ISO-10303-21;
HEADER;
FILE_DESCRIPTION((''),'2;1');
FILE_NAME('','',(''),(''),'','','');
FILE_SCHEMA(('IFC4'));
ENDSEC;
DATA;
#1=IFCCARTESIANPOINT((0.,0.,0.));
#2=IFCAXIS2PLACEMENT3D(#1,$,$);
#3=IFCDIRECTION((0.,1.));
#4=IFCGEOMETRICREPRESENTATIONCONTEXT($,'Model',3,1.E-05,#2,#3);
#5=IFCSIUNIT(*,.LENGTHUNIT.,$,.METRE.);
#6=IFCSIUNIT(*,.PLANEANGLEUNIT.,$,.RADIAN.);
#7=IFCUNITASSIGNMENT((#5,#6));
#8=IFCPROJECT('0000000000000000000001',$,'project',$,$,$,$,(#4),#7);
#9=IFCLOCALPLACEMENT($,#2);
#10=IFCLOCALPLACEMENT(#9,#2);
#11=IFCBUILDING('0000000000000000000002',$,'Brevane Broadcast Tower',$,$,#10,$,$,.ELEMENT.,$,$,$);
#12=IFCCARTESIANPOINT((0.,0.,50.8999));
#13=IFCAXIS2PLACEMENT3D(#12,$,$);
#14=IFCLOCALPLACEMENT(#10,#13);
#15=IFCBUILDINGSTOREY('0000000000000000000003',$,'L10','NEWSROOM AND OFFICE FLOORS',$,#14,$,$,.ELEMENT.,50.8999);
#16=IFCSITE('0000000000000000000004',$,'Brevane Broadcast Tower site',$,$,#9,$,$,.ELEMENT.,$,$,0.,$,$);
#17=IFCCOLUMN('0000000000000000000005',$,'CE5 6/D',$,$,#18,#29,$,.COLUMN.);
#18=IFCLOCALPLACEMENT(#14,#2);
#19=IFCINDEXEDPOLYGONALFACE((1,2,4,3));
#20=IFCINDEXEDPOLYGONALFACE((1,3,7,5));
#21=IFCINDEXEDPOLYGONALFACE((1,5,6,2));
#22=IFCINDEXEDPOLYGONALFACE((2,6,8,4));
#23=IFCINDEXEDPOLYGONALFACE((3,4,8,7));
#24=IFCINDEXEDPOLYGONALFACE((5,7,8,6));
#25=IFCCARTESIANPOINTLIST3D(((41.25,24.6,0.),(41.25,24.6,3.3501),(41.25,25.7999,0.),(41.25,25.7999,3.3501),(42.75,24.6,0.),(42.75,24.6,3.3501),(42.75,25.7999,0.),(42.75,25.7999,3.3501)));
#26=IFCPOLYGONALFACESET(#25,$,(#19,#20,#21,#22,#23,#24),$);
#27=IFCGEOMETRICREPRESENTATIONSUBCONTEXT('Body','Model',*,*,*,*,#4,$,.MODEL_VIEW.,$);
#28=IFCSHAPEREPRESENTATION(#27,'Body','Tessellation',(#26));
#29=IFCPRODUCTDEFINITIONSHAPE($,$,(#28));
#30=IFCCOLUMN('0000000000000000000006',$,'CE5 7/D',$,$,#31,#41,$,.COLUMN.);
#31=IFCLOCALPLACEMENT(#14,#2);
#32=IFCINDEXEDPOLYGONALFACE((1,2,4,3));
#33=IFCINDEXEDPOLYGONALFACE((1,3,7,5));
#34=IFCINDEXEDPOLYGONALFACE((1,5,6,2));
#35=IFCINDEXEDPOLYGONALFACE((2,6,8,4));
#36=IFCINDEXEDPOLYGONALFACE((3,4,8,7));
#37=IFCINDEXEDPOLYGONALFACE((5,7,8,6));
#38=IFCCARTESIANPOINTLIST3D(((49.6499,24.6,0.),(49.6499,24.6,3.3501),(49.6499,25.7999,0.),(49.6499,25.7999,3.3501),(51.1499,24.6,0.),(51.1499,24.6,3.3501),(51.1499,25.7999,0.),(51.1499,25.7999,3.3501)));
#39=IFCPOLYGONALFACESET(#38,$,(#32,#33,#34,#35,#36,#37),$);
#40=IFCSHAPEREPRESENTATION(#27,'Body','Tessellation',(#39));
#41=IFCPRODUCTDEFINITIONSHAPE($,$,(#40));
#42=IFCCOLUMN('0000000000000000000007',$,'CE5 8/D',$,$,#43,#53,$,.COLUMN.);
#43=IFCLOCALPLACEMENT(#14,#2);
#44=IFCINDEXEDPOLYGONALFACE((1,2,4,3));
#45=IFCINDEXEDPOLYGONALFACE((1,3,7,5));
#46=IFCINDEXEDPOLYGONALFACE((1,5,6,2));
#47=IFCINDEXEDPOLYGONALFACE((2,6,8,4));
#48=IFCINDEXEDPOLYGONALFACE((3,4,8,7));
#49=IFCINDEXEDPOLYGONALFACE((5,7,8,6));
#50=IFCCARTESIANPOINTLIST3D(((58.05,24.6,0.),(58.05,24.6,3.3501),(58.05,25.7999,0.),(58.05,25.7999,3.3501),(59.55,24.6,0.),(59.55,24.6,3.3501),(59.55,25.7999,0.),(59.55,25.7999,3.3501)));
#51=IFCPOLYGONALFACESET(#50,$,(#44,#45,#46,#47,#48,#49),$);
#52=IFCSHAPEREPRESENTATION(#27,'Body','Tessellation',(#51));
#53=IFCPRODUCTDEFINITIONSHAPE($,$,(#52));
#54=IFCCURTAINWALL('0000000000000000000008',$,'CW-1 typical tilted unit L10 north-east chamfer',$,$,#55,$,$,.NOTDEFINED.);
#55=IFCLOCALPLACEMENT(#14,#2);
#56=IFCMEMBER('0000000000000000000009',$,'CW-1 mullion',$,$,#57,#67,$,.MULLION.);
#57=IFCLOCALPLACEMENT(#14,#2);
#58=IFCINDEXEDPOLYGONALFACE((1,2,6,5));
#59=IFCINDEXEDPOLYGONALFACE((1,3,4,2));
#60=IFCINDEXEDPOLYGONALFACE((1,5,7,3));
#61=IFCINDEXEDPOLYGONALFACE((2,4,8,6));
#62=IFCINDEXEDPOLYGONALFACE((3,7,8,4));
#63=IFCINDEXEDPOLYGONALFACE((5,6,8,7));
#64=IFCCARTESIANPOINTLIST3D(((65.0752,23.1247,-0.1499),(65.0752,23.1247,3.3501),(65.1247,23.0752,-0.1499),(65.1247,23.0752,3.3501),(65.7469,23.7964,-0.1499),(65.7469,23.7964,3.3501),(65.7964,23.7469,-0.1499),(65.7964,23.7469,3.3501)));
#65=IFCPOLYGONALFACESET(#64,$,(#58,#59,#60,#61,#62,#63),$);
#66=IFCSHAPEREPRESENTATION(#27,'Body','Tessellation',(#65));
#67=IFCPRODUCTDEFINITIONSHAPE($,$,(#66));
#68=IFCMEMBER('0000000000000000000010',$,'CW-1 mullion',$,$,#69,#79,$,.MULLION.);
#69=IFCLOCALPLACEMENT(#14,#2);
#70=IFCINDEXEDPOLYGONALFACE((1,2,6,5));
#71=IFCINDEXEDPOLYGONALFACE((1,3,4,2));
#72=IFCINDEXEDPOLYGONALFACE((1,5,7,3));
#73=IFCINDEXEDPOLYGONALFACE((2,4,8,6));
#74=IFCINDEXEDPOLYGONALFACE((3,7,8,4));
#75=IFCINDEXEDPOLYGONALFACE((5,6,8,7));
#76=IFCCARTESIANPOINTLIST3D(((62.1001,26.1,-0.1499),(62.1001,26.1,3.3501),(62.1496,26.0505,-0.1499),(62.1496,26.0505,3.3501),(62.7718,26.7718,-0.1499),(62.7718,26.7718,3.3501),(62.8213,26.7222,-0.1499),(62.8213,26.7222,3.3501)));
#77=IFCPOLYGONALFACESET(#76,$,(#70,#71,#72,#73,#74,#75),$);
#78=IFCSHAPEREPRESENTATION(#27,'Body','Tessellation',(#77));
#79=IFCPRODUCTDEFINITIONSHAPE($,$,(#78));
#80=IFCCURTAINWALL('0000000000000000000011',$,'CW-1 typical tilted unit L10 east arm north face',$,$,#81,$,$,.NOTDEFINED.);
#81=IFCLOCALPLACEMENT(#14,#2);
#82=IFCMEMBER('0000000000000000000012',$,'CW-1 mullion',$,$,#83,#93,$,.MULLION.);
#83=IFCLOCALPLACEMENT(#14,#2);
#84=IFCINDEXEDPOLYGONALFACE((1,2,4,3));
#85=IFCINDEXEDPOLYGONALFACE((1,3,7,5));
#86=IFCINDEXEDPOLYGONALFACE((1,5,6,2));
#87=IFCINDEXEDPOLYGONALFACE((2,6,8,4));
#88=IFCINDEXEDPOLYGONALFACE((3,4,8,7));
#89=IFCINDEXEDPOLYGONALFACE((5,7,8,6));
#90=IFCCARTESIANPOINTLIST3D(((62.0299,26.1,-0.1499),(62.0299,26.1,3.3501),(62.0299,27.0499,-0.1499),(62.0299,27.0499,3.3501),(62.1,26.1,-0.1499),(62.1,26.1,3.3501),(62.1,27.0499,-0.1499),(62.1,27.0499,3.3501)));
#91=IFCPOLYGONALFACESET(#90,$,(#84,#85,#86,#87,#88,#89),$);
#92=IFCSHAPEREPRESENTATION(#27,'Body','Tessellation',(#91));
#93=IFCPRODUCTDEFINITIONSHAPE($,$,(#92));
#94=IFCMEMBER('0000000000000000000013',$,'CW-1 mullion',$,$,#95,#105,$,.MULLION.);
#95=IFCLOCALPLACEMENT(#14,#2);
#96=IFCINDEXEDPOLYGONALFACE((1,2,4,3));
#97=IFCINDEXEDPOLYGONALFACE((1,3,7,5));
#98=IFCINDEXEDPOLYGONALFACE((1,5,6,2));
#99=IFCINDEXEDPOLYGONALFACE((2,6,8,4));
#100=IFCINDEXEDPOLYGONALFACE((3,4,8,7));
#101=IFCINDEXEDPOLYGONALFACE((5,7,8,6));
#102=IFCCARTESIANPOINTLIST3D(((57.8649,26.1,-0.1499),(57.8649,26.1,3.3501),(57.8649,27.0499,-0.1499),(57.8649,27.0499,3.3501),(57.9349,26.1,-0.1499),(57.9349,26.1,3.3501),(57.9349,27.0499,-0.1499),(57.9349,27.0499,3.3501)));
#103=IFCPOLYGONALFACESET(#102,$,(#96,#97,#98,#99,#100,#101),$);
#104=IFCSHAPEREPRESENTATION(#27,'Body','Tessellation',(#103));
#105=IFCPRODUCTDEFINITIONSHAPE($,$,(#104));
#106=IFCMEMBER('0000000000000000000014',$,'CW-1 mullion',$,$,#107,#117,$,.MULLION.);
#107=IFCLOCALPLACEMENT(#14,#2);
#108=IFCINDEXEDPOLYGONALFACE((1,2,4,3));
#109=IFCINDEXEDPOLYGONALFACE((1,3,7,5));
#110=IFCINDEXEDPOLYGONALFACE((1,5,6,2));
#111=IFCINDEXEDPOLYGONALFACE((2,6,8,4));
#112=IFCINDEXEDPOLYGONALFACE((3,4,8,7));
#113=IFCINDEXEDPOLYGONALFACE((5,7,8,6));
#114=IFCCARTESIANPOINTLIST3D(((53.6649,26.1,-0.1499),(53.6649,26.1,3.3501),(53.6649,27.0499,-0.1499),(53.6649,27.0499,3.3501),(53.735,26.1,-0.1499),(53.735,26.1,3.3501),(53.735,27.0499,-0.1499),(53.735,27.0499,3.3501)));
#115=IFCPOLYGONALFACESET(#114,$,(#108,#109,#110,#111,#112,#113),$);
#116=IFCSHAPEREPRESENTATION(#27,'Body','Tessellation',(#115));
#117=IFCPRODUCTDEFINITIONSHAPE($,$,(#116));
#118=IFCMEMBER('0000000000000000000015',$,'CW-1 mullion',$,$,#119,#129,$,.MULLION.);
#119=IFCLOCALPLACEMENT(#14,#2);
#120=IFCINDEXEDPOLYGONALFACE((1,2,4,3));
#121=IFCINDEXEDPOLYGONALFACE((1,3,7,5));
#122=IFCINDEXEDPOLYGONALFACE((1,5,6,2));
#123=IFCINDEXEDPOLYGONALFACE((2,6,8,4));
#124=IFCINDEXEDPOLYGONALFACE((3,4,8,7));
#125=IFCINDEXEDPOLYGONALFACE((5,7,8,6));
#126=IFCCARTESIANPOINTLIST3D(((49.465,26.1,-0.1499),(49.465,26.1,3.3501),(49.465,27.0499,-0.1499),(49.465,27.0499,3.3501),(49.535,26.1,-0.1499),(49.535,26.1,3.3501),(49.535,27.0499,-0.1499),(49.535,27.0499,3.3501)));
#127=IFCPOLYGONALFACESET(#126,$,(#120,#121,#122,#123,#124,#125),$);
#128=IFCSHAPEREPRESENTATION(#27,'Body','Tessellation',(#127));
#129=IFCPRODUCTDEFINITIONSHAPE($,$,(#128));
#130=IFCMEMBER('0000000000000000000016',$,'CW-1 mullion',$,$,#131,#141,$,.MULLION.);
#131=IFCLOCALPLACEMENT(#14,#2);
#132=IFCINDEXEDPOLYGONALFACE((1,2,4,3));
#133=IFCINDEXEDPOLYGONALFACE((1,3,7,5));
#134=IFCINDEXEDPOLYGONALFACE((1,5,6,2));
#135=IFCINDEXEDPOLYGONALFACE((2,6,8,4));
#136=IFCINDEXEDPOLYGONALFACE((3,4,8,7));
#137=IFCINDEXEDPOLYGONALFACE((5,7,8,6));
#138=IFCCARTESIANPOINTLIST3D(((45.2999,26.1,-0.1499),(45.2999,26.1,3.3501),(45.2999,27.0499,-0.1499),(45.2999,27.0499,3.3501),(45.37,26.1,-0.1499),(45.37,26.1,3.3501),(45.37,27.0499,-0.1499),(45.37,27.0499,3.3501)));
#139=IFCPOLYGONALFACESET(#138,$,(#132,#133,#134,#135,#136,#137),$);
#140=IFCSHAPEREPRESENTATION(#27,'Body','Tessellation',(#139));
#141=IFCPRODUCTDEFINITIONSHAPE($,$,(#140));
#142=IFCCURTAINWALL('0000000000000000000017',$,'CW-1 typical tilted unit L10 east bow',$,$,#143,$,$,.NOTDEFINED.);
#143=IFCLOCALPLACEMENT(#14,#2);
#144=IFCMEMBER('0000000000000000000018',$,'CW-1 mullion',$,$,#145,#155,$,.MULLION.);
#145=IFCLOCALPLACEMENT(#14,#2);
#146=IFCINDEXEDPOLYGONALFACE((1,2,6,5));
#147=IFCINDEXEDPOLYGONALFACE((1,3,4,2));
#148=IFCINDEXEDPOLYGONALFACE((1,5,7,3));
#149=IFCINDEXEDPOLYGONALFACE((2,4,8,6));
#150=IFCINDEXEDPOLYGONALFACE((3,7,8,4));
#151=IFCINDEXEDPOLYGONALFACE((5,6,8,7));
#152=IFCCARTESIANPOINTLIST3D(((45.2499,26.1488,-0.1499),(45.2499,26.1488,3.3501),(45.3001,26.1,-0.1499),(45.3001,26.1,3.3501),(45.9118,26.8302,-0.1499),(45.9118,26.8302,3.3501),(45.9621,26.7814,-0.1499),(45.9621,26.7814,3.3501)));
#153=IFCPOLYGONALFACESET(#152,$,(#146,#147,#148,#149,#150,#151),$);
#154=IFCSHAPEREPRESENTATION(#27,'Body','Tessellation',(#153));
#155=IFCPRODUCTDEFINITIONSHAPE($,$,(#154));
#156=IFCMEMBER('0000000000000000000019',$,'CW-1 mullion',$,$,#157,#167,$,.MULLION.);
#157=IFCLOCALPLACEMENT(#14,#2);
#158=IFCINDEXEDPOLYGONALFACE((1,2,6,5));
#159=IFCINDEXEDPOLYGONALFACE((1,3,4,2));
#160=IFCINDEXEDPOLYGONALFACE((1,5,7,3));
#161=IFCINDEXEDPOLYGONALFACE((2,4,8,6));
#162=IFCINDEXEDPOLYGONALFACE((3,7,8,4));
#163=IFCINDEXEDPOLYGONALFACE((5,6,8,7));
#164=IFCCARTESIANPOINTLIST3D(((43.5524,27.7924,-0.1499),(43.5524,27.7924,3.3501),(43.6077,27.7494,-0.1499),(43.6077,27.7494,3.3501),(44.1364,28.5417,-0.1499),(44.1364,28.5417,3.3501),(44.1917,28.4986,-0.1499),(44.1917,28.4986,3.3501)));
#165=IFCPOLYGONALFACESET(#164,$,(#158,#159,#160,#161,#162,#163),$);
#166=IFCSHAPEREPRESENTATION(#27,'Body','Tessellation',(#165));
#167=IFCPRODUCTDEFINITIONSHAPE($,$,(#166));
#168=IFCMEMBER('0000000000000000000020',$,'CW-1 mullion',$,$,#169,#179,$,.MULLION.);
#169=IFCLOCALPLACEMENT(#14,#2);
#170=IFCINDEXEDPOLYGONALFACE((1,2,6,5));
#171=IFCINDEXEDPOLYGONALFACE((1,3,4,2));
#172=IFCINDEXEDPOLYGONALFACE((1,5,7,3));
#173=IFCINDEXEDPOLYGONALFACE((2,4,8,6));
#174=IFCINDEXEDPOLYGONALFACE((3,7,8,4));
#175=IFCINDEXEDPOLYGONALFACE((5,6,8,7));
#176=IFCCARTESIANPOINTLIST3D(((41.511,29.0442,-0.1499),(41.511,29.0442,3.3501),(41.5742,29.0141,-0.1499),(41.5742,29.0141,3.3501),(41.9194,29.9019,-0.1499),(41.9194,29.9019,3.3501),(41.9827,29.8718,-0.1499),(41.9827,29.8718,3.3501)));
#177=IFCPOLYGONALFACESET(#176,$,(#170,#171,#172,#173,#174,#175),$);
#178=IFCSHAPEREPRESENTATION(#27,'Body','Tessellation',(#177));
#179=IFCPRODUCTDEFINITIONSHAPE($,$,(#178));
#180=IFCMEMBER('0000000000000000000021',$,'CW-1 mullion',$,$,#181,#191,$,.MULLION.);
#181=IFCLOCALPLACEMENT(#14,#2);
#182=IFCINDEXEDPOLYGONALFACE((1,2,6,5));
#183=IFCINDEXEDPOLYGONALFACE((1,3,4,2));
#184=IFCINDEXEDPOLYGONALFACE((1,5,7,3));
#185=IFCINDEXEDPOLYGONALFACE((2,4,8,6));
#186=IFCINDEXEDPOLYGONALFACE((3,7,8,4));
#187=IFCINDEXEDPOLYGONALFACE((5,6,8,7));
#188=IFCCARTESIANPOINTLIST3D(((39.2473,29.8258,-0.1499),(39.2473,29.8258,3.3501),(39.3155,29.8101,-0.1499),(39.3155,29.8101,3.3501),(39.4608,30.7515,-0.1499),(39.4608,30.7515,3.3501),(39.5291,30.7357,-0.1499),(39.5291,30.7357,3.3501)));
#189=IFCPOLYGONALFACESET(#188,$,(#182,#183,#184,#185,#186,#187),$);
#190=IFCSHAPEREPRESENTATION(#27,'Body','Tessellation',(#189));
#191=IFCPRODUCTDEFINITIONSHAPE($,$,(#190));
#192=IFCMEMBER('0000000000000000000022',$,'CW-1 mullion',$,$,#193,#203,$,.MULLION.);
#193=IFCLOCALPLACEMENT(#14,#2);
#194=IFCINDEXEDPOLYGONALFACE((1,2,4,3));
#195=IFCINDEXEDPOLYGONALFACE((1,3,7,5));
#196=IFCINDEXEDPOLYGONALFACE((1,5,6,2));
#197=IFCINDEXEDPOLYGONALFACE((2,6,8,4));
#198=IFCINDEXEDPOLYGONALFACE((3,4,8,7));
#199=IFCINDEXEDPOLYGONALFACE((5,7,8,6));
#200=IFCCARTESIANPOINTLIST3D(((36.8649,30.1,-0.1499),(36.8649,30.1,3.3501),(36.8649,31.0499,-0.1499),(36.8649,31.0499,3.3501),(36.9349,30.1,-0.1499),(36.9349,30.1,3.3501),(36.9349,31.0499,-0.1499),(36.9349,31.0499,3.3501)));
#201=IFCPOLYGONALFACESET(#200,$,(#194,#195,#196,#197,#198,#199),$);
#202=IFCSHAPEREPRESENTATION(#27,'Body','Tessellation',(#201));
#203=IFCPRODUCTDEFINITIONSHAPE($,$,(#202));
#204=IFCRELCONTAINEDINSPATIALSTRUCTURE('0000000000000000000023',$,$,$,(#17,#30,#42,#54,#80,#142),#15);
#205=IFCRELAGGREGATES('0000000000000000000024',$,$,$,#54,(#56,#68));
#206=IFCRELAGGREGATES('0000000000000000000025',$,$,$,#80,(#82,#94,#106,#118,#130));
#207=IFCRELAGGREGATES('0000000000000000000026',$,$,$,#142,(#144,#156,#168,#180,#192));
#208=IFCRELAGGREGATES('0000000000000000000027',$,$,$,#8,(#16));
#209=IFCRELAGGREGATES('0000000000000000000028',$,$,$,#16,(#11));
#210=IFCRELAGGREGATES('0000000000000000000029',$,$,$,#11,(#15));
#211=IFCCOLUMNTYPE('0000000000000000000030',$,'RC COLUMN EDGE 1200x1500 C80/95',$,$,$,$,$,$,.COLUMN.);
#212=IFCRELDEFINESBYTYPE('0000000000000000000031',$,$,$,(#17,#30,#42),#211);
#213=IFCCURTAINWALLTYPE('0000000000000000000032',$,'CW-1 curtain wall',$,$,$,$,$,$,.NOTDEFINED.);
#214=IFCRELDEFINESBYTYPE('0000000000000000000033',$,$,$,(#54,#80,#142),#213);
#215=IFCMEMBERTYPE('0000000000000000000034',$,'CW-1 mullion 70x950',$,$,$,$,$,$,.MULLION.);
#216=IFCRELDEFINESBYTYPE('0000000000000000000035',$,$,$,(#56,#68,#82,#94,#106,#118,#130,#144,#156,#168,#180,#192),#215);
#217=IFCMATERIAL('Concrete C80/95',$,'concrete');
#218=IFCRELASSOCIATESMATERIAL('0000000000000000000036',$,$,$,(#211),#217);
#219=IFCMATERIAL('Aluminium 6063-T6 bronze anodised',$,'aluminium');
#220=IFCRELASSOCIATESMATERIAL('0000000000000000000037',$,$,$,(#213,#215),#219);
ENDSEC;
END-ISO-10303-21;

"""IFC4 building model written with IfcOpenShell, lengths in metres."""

from ifc_helpers import new_model, si_unit, direction, frame, origin, origin_2d, place, context, subcontext, project, spatial, rectangle, extrude, material, material_profile, profile_set, type_object, element, aggregate, save


model = new_model("IFC4")

# Units and contexts
model_context = context("Model", 3, precision=1e-05, world=origin(), true_north=direction((0.0, 1.0)))
body_context = subcontext(model_context, "Body", "Model", "MODEL_VIEW")
ifc_project = project(units=[si_unit("LENGTHUNIT", "METRE"), si_unit("PLANEANGLEUNIT", "RADIAN")], contexts=[model_context])

# Site, building, storey
site_placement = place(None, origin())
site = spatial("IfcSite", under=ifc_project, at=site_placement, Name="Brevane Broadcast Tower site", CompositionType="ELEMENT", RefElevation=0.0)
building_placement = place(site_placement, origin())
building = spatial("IfcBuilding", under=site, at=building_placement, Name="Brevane Broadcast Tower", CompositionType="ELEMENT")
storey_placement = place(building_placement, frame((0.0, 0.0, 50.8999)))
storey = spatial("IfcBuildingStorey", under=building, at=storey_placement, Name="L10", Description="NEWSROOM AND OFFICE FLOORS", CompositionType="ELEMENT", Elevation=50.8999)

# Columns
ifc_material_1 = material(Name="Concrete C80/95", Category="concrete")
ifc_material_profile_1 = material_profile(ifc_material_1, rectangle(XDim=1.2, YDim=1.5, at=origin_2d()), Name="RC 1200x1500")
ifc_profile_set_1 = profile_set([ifc_material_profile_1], Name="Concrete C80/95")
column_type = type_object("IfcColumnType", Name="RC COLUMN EDGE 1200x1500 C80/95", PredefinedType="COLUMN", material=ifc_profile_set_1)
for number, where, z_axis, x_axis, name in (
    (1, (42.0, 25.2, 0.0), (0.0, 0.0, 1.0), (0.0, 1.0, 0.0), "CE5 6/D"),
    (2, (50.3999, 25.2, 0.0), (0.0, 0.0, 1.0), (0.0, 1.0, 0.0), "CE5 7/D"),
    (3, (58.8, 25.2, 0.0), (0.0, 0.0, 1.0), (0.0, 1.0, 0.0), "CE5 8/D"),
):
    element("IfcColumn", number, at=place(storey_placement, frame(where, z_axis=z_axis, x_axis=x_axis)), inside=storey, type_object=column_type, Name=name, PredefinedType="COLUMN", context=body_context, shape_type="SweptSolid", body=[
        extrude(rectangle(XDim=1.2, YDim=1.5, at=origin_2d()), origin(), (0.0, 0.0, 1.0), 3.3501),
    ])

# Curtain walls, members
ifc_material_2 = material(Name="Aluminium 6063-T6 bronze anodised", Category="aluminium")
curtain_wall_type = type_object("IfcCurtainWallType", Name="CW-1 curtain wall", PredefinedType="NOTDEFINED", material=ifc_material_2)
curtain_wall_1_placement = place(storey_placement, origin())
curtain_wall_1 = element("IfcCurtainWall", 4, at=curtain_wall_1_placement, inside=storey, type_object=curtain_wall_type, Name="CW-1 typical tilted unit L10 north-east chamfer", PredefinedType="NOTDEFINED")
ifc_material_profile_2 = material_profile(ifc_material_2, rectangle(XDim=0.95, YDim=0.0701, at=origin_2d()), Name="RECT 70x950")
ifc_profile_set_2 = profile_set([ifc_material_profile_2], Name="Aluminium 6063-T6 bronze anodised")
member_type_1 = type_object("IfcMemberType", Name="CW-1 mullion 70x950", PredefinedType="MULLION", material=ifc_profile_set_2)
member_1_placement = place(storey_placement, frame((65.4358, 23.4358, -0.1499), z_axis=(0.0, 0.0, 1.0), x_axis=(-0.707107, -0.707107, 0.0)))
member_1 = element("IfcMember", 5, at=member_1_placement, type_object=member_type_1, Name="CW-1 mullion", PredefinedType="MULLION", context=body_context, shape_type="SweptSolid", body=[
    extrude(rectangle(XDim=0.95, YDim=0.0701, at=origin_2d()), origin(), (0.0, 0.0, 1.0), 3.5),
])
member_2_placement = place(storey_placement, frame((62.4607, 26.4111, -0.1499), z_axis=(0.0, 0.0, 1.0), x_axis=(-0.707107, -0.707107, 0.0)))
member_2 = element("IfcMember", 6, at=member_2_placement, type_object=member_type_1, Name="CW-1 mullion", PredefinedType="MULLION", context=body_context, shape_type="SweptSolid", body=[
    extrude(rectangle(XDim=0.95, YDim=0.0701, at=origin_2d()), origin(), (0.0, 0.0, 1.0), 3.5),
])
aggregate(curtain_wall_1, [member_1, member_2])
curtain_wall_2_placement = place(storey_placement, origin())
curtain_wall_2 = element("IfcCurtainWall", 7, at=curtain_wall_2_placement, inside=storey, type_object=curtain_wall_type, Name="CW-1 typical tilted unit L10 east arm north face", PredefinedType="NOTDEFINED")
member_3_placement = place(storey_placement, frame((62.0649, 26.575, -0.1499), z_axis=(0.0, 0.0, 1.0), x_axis=(0.0, -1.0, 0.0)))
member_3 = element("IfcMember", 8, at=member_3_placement, type_object=member_type_1, Name="CW-1 mullion", PredefinedType="MULLION", context=body_context, shape_type="SweptSolid", body=[
    extrude(rectangle(XDim=0.95, YDim=0.0701, at=origin_2d()), origin(), (0.0, 0.0, 1.0), 3.5),
])
member_4_placement = place(storey_placement, frame((57.8999, 26.575, -0.1499), z_axis=(0.0, 0.0, 1.0), x_axis=(0.0, -1.0, 0.0)))
member_4 = element("IfcMember", 9, at=member_4_placement, type_object=member_type_1, Name="CW-1 mullion", PredefinedType="MULLION", context=body_context, shape_type="SweptSolid", body=[
    extrude(rectangle(XDim=0.95, YDim=0.0701, at=origin_2d()), origin(), (0.0, 0.0, 1.0), 3.5),
])
member_5_placement = place(storey_placement, frame((53.7, 26.575, -0.1499), z_axis=(0.0, 0.0, 1.0), x_axis=(0.0, -1.0, 0.0)))
member_5 = element("IfcMember", 10, at=member_5_placement, type_object=member_type_1, Name="CW-1 mullion", PredefinedType="MULLION", context=body_context, shape_type="SweptSolid", body=[
    extrude(rectangle(XDim=0.95, YDim=0.0701, at=origin_2d()), origin(), (0.0, 0.0, 1.0), 3.5),
])
member_6_placement = place(storey_placement, frame((49.5, 26.575, -0.1499), z_axis=(0.0, 0.0, 1.0), x_axis=(0.0, -1.0, 0.0)))
member_6 = element("IfcMember", 11, at=member_6_placement, type_object=member_type_1, Name="CW-1 mullion", PredefinedType="MULLION", context=body_context, shape_type="SweptSolid", body=[
    extrude(rectangle(XDim=0.95, YDim=0.0701, at=origin_2d()), origin(), (0.0, 0.0, 1.0), 3.5),
])
member_7_placement = place(storey_placement, frame((45.335, 26.575, -0.1499), z_axis=(0.0, 0.0, 1.0), x_axis=(0.0, -1.0, 0.0)))
member_7 = element("IfcMember", 12, at=member_7_placement, type_object=member_type_1, Name="CW-1 mullion", PredefinedType="MULLION", context=body_context, shape_type="SweptSolid", body=[
    extrude(rectangle(XDim=0.95, YDim=0.0701, at=origin_2d()), origin(), (0.0, 0.0, 1.0), 3.5),
])
curtain_wall_3_placement = place(storey_placement, origin())
curtain_wall_3 = element("IfcCurtainWall", 13, at=curtain_wall_3_placement, inside=storey, type_object=curtain_wall_type, Name="CW-1 typical tilted unit L10 east bow", PredefinedType="NOTDEFINED")
member_8_placement = place(storey_placement, frame((45.606, 26.4651, -0.1499), z_axis=(0.0, 0.0, 1.0), x_axis=(-0.696812, -0.717254, 0.0)))
member_8 = element("IfcMember", 14, at=member_8_placement, type_object=member_type_1, Name="CW-1 mullion", PredefinedType="MULLION", context=body_context, shape_type="SweptSolid", body=[
    extrude(rectangle(XDim=0.95, YDim=0.0701, at=origin_2d()), origin(), (0.0, 0.0, 1.0), 3.5),
])
member_9_placement = place(storey_placement, frame((43.8721, 28.1455, -0.1499), z_axis=(0.0, 0.0, 1.0), x_axis=(-0.61477, -0.788707, 0.0)))
member_9 = element("IfcMember", 15, at=member_9_placement, type_object=member_type_1, Name="CW-1 mullion", PredefinedType="MULLION", context=body_context, shape_type="SweptSolid", body=[
    extrude(rectangle(XDim=0.95, YDim=0.0701, at=origin_2d()), origin(), (0.0, 0.0, 1.0), 3.5),
])
member_10_placement = place(storey_placement, frame((41.7468, 29.458, -0.1499), z_axis=(0.0, 0.0, 1.0), x_axis=(-0.429934, -0.902861, 0.0)))
member_10 = element("IfcMember", 16, at=member_10_placement, type_object=member_type_1, Name="CW-1 mullion", PredefinedType="MULLION", context=body_context, shape_type="SweptSolid", body=[
    extrude(rectangle(XDim=0.95, YDim=0.0701, at=origin_2d()), origin(), (0.0, 0.0, 1.0), 3.5),
])
member_11_placement = place(storey_placement, frame((39.3882, 30.2808, -0.1499), z_axis=(0.0, 0.0, 1.0), x_axis=(-0.224806, -0.974403, 0.0)))
member_11 = element("IfcMember", 17, at=member_11_placement, type_object=member_type_1, Name="CW-1 mullion", PredefinedType="MULLION", context=body_context, shape_type="SweptSolid", body=[
    extrude(rectangle(XDim=0.95, YDim=0.0701, at=origin_2d()), origin(), (0.0, 0.0, 1.0), 3.5),
])
member_12_placement = place(storey_placement, frame((36.8999, 30.575, -0.1499), z_axis=(0.0, 0.0, 1.0), x_axis=(0.0, -1.0, 0.0)))
member_12 = element("IfcMember", 18, at=member_12_placement, type_object=member_type_1, Name="CW-1 mullion", PredefinedType="MULLION", context=body_context, shape_type="SweptSolid", body=[
    extrude(rectangle(XDim=0.95, YDim=0.0701, at=origin_2d()), origin(), (0.0, 0.0, 1.0), 3.5),
])

aggregate(curtain_wall_2, [member_3, member_4, member_5, member_6, member_7])
aggregate(curtain_wall_3, [member_8, member_9, member_10, member_11, member_12])

save(model, "model.ifc")
